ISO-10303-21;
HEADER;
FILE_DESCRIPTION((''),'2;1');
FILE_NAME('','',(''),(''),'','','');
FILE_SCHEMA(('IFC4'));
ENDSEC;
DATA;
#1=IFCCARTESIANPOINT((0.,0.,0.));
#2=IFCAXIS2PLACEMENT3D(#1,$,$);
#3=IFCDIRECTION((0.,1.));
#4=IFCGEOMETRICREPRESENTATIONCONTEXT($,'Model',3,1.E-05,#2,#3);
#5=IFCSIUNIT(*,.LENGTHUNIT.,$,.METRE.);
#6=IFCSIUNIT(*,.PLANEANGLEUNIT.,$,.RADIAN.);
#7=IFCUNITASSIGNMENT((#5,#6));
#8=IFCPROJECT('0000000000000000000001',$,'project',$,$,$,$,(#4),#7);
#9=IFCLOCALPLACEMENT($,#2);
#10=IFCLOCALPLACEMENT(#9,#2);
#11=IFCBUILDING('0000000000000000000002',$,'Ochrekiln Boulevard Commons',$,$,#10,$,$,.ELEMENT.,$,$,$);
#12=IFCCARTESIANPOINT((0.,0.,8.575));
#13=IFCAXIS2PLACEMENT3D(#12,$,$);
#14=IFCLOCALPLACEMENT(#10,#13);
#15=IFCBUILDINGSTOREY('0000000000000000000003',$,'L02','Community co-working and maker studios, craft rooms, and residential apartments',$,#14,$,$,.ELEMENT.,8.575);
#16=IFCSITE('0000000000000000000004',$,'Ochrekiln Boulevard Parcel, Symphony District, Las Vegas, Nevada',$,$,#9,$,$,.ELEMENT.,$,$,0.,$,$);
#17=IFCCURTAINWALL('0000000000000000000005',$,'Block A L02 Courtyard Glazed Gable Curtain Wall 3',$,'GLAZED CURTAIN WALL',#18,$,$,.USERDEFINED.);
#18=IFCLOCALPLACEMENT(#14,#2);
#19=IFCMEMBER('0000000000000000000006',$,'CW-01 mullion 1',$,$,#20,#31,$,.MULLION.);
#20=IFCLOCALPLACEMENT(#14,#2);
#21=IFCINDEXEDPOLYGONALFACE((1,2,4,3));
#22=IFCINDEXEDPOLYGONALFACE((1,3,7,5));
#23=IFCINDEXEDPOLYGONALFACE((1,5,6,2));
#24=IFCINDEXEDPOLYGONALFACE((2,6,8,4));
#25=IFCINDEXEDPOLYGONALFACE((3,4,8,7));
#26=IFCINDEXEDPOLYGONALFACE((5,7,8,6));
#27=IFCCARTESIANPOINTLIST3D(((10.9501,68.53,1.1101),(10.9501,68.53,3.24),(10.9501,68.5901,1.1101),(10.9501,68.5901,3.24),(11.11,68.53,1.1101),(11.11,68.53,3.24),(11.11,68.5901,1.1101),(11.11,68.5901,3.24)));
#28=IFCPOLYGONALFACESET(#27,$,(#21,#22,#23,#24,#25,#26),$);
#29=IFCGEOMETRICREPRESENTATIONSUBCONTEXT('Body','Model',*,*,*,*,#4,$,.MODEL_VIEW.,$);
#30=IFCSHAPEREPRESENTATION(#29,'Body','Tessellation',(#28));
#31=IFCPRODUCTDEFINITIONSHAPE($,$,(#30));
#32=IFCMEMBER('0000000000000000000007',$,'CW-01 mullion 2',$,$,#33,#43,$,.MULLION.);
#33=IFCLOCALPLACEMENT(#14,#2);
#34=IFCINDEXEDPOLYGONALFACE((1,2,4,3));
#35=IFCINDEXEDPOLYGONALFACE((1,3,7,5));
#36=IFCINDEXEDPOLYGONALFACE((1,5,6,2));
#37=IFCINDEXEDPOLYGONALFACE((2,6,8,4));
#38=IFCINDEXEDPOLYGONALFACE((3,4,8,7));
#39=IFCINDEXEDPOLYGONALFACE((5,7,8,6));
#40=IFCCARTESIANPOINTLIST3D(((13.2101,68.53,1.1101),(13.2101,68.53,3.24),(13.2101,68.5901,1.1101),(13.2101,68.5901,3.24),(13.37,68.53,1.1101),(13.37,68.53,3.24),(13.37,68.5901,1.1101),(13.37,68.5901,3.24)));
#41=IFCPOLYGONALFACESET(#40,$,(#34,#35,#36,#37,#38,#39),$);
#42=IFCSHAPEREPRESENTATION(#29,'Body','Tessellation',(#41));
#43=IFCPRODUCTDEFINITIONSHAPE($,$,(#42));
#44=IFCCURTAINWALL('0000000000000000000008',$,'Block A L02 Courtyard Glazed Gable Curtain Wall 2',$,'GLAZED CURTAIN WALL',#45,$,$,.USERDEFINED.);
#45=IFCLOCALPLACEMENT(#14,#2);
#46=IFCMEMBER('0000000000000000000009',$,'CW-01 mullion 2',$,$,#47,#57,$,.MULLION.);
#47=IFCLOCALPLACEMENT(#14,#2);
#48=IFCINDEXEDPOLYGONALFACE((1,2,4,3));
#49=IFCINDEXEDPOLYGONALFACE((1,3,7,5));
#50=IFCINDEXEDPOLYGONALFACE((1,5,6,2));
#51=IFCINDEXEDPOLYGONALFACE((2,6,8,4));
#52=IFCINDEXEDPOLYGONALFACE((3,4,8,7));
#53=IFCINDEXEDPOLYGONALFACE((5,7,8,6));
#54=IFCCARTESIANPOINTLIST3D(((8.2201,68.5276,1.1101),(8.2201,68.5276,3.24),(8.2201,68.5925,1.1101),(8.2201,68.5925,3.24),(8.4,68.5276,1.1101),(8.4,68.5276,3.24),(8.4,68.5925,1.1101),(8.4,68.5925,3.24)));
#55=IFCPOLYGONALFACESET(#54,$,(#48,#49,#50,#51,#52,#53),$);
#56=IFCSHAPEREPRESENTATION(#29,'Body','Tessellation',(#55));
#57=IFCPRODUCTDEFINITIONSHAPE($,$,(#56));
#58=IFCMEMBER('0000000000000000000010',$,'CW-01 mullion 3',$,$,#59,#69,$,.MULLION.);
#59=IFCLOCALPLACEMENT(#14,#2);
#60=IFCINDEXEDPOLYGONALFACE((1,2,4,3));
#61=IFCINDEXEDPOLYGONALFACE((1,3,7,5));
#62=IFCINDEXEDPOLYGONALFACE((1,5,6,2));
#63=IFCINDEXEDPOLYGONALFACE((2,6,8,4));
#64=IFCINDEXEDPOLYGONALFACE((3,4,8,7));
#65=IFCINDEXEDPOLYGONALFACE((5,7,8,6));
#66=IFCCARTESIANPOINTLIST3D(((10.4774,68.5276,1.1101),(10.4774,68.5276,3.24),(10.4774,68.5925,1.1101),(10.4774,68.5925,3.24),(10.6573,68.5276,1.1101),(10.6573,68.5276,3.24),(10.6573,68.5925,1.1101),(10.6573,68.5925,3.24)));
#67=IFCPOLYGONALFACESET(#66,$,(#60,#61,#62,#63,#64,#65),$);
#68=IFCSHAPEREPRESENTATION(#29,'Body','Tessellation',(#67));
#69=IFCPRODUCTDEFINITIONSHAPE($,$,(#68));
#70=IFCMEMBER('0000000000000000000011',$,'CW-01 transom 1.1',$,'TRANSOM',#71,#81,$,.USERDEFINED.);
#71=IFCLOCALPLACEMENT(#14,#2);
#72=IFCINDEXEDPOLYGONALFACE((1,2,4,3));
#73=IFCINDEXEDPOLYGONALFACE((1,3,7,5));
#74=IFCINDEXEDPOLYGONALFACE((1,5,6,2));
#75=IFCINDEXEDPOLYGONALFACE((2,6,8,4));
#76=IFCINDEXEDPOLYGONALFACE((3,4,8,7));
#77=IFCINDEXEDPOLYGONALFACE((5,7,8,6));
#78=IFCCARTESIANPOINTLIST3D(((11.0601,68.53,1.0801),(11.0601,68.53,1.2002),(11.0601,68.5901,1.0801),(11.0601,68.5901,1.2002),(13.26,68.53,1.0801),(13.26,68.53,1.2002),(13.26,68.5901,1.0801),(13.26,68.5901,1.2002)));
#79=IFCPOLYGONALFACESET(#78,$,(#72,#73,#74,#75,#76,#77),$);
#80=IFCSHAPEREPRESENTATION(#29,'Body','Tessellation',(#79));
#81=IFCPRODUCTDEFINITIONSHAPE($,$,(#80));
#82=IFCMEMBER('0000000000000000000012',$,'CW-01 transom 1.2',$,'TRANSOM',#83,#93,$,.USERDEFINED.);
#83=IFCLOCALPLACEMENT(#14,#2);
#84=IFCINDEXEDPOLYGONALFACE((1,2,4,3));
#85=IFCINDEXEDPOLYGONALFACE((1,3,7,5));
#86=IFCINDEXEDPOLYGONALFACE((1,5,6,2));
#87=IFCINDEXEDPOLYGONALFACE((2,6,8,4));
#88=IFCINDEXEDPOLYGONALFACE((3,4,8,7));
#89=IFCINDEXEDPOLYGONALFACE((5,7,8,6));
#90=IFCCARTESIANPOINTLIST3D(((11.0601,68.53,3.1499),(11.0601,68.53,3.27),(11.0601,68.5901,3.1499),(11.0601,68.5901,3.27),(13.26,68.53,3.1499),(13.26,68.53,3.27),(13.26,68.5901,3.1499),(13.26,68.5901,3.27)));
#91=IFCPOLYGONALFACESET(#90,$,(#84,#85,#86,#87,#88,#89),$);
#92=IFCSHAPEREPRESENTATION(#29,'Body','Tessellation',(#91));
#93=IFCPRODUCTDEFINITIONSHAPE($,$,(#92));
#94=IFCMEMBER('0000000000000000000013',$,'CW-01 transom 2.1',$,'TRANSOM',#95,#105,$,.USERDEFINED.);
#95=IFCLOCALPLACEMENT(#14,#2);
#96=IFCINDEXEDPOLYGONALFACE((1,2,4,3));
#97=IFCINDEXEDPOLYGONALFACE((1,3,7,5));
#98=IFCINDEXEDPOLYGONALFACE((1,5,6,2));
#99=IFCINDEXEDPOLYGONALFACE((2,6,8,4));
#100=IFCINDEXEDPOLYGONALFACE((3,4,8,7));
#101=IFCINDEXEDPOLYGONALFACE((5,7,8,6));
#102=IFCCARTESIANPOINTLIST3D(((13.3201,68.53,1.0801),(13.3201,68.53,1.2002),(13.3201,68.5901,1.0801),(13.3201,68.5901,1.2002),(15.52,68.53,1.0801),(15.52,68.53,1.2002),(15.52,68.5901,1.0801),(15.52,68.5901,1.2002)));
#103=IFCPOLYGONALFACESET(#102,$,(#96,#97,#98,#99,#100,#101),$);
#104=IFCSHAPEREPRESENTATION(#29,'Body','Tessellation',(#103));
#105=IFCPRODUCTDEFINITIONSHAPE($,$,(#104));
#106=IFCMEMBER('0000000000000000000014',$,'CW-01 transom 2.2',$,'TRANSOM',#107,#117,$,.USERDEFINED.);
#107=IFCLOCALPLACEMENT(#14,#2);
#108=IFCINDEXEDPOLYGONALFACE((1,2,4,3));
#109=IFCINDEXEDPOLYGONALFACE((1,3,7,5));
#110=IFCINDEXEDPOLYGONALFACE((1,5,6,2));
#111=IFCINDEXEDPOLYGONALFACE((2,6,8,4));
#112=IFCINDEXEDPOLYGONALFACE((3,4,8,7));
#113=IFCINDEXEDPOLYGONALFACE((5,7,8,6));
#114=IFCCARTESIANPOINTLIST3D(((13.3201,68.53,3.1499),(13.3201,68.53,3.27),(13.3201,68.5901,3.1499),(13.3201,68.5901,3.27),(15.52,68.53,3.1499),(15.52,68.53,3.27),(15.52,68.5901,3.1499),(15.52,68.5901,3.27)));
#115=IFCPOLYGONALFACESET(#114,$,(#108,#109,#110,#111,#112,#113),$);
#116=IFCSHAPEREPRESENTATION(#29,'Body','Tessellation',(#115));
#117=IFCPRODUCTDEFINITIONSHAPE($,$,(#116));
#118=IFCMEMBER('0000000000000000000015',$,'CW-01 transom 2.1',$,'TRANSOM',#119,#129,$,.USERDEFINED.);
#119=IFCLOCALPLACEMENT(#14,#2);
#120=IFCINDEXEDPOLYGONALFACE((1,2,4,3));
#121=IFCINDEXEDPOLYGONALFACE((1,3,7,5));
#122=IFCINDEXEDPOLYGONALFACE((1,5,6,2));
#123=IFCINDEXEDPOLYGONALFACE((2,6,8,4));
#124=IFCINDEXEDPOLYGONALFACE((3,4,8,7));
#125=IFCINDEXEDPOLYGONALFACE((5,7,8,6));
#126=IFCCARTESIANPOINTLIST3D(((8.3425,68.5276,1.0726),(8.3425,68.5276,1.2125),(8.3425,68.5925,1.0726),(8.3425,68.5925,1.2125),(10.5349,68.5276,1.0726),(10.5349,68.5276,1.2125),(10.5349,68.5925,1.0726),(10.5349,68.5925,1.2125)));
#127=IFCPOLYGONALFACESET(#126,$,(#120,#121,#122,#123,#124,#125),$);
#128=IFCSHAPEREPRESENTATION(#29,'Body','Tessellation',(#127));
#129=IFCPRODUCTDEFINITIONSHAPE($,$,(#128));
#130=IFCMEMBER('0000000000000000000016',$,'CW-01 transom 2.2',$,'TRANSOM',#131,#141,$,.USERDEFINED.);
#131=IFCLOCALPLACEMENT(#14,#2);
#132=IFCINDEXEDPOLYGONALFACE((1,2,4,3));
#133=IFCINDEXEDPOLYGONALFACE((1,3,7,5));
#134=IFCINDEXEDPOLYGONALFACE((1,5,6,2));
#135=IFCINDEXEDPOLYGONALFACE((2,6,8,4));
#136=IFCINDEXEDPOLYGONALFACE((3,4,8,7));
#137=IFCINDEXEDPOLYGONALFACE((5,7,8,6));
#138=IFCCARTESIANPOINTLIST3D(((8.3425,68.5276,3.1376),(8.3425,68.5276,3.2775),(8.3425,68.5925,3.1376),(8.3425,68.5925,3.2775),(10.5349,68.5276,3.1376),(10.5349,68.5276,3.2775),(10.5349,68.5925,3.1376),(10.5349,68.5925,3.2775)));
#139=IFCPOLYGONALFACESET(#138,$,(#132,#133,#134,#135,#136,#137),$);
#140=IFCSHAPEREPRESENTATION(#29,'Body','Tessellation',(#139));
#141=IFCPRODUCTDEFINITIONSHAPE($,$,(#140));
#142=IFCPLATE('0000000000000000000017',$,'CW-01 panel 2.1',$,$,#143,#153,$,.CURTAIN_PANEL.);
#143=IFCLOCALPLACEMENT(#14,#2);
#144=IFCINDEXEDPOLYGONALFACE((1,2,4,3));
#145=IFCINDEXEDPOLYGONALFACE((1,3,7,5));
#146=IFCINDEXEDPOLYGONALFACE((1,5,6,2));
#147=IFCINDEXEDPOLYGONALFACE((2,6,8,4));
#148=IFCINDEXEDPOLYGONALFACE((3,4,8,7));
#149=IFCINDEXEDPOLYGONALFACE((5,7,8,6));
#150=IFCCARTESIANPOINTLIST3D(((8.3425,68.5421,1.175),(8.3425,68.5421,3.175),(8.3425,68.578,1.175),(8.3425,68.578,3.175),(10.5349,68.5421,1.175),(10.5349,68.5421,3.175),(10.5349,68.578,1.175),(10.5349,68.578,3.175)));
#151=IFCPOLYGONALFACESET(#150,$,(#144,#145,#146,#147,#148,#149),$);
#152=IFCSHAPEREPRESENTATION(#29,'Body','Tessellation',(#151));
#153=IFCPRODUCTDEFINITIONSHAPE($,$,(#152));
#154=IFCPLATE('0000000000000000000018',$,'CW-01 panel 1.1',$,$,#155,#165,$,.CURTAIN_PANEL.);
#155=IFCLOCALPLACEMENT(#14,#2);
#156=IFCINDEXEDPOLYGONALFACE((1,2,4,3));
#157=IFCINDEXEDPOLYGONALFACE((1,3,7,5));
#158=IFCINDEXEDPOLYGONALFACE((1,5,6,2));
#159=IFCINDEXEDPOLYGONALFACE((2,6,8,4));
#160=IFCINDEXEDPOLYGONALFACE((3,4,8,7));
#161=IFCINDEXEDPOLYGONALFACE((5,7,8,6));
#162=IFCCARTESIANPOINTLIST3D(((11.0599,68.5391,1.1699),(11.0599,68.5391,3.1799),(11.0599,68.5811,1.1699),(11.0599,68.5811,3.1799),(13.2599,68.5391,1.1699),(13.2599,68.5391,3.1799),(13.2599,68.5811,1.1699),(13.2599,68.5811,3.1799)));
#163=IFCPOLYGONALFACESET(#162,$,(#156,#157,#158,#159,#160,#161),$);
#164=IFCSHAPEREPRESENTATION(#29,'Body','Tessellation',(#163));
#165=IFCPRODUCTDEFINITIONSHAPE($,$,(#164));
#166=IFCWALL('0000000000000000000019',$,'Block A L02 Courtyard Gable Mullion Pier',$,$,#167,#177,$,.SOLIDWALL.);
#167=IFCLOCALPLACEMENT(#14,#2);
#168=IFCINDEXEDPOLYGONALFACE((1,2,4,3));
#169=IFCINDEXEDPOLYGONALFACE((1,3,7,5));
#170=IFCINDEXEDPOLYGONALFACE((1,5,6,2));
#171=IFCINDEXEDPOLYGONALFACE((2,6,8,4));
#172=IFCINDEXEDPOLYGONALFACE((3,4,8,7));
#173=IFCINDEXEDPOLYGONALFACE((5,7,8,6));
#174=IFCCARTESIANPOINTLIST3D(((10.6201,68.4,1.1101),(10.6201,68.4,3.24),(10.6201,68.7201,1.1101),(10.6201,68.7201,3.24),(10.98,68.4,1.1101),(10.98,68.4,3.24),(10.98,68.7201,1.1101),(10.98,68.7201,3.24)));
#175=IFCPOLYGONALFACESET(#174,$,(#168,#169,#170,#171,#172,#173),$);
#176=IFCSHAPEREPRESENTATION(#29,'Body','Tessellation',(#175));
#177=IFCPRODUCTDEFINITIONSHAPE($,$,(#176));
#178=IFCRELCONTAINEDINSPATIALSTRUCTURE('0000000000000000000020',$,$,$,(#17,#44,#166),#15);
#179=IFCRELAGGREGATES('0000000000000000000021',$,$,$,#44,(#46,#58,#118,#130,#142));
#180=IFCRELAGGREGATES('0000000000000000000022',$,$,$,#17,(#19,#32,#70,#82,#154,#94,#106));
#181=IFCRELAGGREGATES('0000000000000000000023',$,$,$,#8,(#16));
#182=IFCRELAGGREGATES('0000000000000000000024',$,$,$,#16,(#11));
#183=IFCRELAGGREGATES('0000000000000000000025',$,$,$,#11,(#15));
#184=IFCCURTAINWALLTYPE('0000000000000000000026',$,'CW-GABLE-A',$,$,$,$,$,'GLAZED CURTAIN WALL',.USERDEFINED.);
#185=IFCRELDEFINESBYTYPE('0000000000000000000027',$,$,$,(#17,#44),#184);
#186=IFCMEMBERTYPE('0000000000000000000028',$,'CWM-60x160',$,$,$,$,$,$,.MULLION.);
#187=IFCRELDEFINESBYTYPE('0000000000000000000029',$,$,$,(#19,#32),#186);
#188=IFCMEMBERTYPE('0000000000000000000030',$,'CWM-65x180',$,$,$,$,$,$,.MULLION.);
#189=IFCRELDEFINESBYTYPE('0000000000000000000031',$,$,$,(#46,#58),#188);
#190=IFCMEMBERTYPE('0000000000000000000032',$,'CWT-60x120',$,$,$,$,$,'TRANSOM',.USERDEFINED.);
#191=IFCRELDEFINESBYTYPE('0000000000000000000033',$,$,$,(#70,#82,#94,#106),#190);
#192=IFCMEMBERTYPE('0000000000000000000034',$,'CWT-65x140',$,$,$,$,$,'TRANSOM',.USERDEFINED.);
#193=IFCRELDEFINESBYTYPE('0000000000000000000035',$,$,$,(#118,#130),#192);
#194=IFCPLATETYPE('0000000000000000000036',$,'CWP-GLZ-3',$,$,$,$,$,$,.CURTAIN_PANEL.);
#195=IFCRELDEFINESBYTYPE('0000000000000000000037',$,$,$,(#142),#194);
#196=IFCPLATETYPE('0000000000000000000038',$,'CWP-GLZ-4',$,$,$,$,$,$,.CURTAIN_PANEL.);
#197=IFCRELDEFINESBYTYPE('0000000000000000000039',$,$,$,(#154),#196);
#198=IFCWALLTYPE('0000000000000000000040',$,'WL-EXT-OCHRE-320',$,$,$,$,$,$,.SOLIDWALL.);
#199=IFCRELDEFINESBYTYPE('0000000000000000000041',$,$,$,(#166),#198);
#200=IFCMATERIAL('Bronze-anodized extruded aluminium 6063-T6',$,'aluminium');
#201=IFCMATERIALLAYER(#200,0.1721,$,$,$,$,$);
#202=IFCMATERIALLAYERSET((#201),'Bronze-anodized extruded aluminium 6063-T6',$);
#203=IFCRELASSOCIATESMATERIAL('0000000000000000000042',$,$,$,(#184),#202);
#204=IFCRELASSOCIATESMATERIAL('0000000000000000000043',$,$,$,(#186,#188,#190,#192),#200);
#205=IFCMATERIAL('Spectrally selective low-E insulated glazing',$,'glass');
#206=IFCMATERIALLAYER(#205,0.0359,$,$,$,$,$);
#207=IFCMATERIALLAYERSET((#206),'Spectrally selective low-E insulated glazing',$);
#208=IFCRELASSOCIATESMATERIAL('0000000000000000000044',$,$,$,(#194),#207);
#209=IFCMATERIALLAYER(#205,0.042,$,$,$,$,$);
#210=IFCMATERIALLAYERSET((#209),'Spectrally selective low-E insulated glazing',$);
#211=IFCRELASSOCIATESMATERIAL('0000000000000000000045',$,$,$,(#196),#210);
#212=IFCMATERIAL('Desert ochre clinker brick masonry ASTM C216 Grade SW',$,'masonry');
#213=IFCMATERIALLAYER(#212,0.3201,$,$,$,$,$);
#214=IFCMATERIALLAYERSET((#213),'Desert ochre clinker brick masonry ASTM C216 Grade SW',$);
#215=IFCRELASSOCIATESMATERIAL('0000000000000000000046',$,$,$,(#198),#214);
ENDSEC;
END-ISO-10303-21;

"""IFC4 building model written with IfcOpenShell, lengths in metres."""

from ifc_helpers import new_model, si_unit, direction, frame, frame_2d, origin, origin_2d, place, context, subcontext, project, spatial, rectangle, extrude, material, layer, layer_set, material_profile, profile_set, type_object, element, aggregate, save


model = new_model("IFC4")

# Units and contexts
model_context = context("Model", 3, precision=1e-05, world=origin(), true_north=direction((0.0, 1.0)))
body_context = subcontext(model_context, "Body", "Model", "MODEL_VIEW")
ifc_project = project(units=[si_unit("LENGTHUNIT", "METRE"), si_unit("PLANEANGLEUNIT", "RADIAN")], contexts=[model_context])

# Site, building, storey
site_placement = place(None, origin())
site = spatial("IfcSite", under=ifc_project, at=site_placement, Name="Ochrekiln Boulevard Parcel, Symphony District, Las Vegas, Nevada", CompositionType="ELEMENT", RefElevation=0.0)
building_placement = place(site_placement, origin())
building = spatial("IfcBuilding", under=site, at=building_placement, Name="Ochrekiln Boulevard Commons", CompositionType="ELEMENT")
storey_placement = place(building_placement, frame((0.0, 0.0, 8.575)))
storey = spatial("IfcBuildingStorey", under=building, at=storey_placement, Name="L02", Description="Community co-working and maker studios, craft rooms, and residential apartments", CompositionType="ELEMENT", Elevation=8.575)

# Curtain walls, members
ifc_material_1 = material(Name="Bronze-anodized extruded aluminium 6063-T6", Category="aluminium")
ifc_layer_1 = layer(ifc_material_1, 0.1721)
ifc_layer_set_1 = layer_set([ifc_layer_1], Name="Bronze-anodized extruded aluminium 6063-T6")
curtain_wall_type = type_object("IfcCurtainWallType", Name="CW-GABLE-A", ElementType="GLAZED CURTAIN WALL", PredefinedType="USERDEFINED", material=ifc_layer_set_1)
curtain_wall_1_placement = place(storey_placement, origin())
curtain_wall_1 = element("IfcCurtainWall", 1, at=curtain_wall_1_placement, inside=storey, type_object=curtain_wall_type, Name="Block A L02 Courtyard Glazed Gable Curtain Wall 3", ObjectType="GLAZED CURTAIN WALL", PredefinedType="USERDEFINED")
ifc_material_profile_1 = material_profile(ifc_material_1, rectangle(XDim=0.0601, YDim=0.1599, at=origin_2d()), Name="ALU-MUL-60x160")
ifc_profile_set_1 = profile_set([ifc_material_profile_1], Name="Bronze-anodized extruded aluminium 6063-T6")
member_type_1 = type_object("IfcMemberType", Name="CWM-60x160", PredefinedType="MULLION", material=ifc_profile_set_1)
member_1_placement = place(storey_placement, frame((11.03, 68.5601, 1.1101), z_axis=(0.0, 0.0, 1.0), x_axis=(0.0, 1.0, 0.0)))
member_1 = element("IfcMember", 2, at=member_1_placement, type_object=member_type_1, Name="CW-01 mullion 1", PredefinedType="MULLION", context=body_context, shape_type="SweptSolid", body=[
    extrude(rectangle(XDim=0.0601, YDim=0.1599, at=origin_2d()), origin(), (0.0, 0.0, 1.0), 2.1299),
])
member_2_placement = place(storey_placement, frame((13.29, 68.5601, 1.1101), z_axis=(0.0, 0.0, 1.0), x_axis=(0.0, 1.0, 0.0)))
member_2 = element("IfcMember", 3, at=member_2_placement, type_object=member_type_1, Name="CW-01 mullion 2", PredefinedType="MULLION", context=body_context, shape_type="SweptSolid", body=[
    extrude(rectangle(XDim=0.0601, YDim=0.1599, at=origin_2d()), origin(), (0.0, 0.0, 1.0), 2.1299),
])
curtain_wall_2_placement = place(storey_placement, origin())
curtain_wall_2 = element("IfcCurtainWall", 4, at=curtain_wall_2_placement, inside=storey, type_object=curtain_wall_type, Name="Block A L02 Courtyard Glazed Gable Curtain Wall 2", ObjectType="GLAZED CURTAIN WALL", PredefinedType="USERDEFINED")
ifc_material_profile_2 = material_profile(ifc_material_1, rectangle(XDim=0.0649, YDim=0.1799, at=origin_2d()), Name="ALU-MUL-65x180")
ifc_profile_set_2 = profile_set([ifc_material_profile_2], Name="Bronze-anodized extruded aluminium 6063-T6")
member_type_2 = type_object("IfcMemberType", Name="CWM-65x180", PredefinedType="MULLION", material=ifc_profile_set_2)
member_3_placement = place(storey_placement, frame((8.3101, 68.5601, 1.1101), z_axis=(0.0, 0.0, 1.0), x_axis=(0.0, 1.0, 0.0)))
member_3 = element("IfcMember", 5, at=member_3_placement, type_object=member_type_2, Name="CW-01 mullion 2", PredefinedType="MULLION", context=body_context, shape_type="SweptSolid", body=[
    extrude(rectangle(XDim=0.0649, YDim=0.1799, at=origin_2d()), origin(), (0.0, 0.0, 1.0), 2.1299),
])
member_4_placement = place(storey_placement, frame((10.5674, 68.5601, 1.1101), z_axis=(0.0, 0.0, 1.0), x_axis=(0.0, 1.0, 0.0)))
member_4 = element("IfcMember", 6, at=member_4_placement, type_object=member_type_2, Name="CW-01 mullion 3", PredefinedType="MULLION", context=body_context, shape_type="SweptSolid", body=[
    extrude(rectangle(XDim=0.0649, YDim=0.1799, at=origin_2d()), origin(), (0.0, 0.0, 1.0), 2.1299),
])

# Members
ifc_material_profile_3 = material_profile(ifc_material_1, rectangle(XDim=0.0601, YDim=0.1201, at=origin_2d()), Name="ALU-TRN-60x120")
ifc_profile_set_3 = profile_set([ifc_material_profile_3], Name="Bronze-anodized extruded aluminium 6063-T6")
member_type_3 = type_object("IfcMemberType", Name="CWT-60x120", ElementType="TRANSOM", PredefinedType="USERDEFINED", material=ifc_profile_set_3)
member_5_placement = place(storey_placement, frame((11.0601, 68.5601, 1.1401), z_axis=(1.0, 0.0, 0.0), x_axis=(0.0, 1.0, 0.0)))
member_5 = element("IfcMember", 7, at=member_5_placement, type_object=member_type_3, Name="CW-01 transom 1.1", ObjectType="TRANSOM", PredefinedType="USERDEFINED", context=body_context, shape_type="SweptSolid", body=[
    extrude(rectangle(XDim=0.0601, YDim=0.1201, at=origin_2d()), origin(), (0.0, 0.0, 1.0), 2.2),
])
member_6_placement = place(storey_placement, frame((11.0601, 68.5601, 3.21), z_axis=(1.0, 0.0, 0.0), x_axis=(0.0, 1.0, 0.0)))
member_6 = element("IfcMember", 8, at=member_6_placement, type_object=member_type_3, Name="CW-01 transom 1.2", ObjectType="TRANSOM", PredefinedType="USERDEFINED", context=body_context, shape_type="SweptSolid", body=[
    extrude(rectangle(XDim=0.0601, YDim=0.1201, at=origin_2d()), origin(), (0.0, 0.0, 1.0), 2.2),
])
member_7_placement = place(storey_placement, frame((13.3201, 68.5601, 1.1401), z_axis=(1.0, 0.0, 0.0), x_axis=(0.0, 1.0, 0.0)))
member_7 = element("IfcMember", 9, at=member_7_placement, type_object=member_type_3, Name="CW-01 transom 2.1", ObjectType="TRANSOM", PredefinedType="USERDEFINED", context=body_context, shape_type="SweptSolid", body=[
    extrude(rectangle(XDim=0.0601, YDim=0.1201, at=origin_2d()), origin(), (0.0, 0.0, 1.0), 2.2),
])
member_8_placement = place(storey_placement, frame((13.3201, 68.5601, 3.21), z_axis=(1.0, 0.0, 0.0), x_axis=(0.0, 1.0, 0.0)))
member_8 = element("IfcMember", 10, at=member_8_placement, type_object=member_type_3, Name="CW-01 transom 2.2", ObjectType="TRANSOM", PredefinedType="USERDEFINED", context=body_context, shape_type="SweptSolid", body=[
    extrude(rectangle(XDim=0.0601, YDim=0.1201, at=origin_2d()), origin(), (0.0, 0.0, 1.0), 2.2),
])
ifc_material_profile_4 = material_profile(ifc_material_1, rectangle(XDim=0.0649, YDim=0.1399, at=origin_2d()), Name="ALU-TRN-65x140")
ifc_profile_set_4 = profile_set([ifc_material_profile_4], Name="Bronze-anodized extruded aluminium 6063-T6")
member_type_4 = type_object("IfcMemberType", Name="CWT-65x140", ElementType="TRANSOM", PredefinedType="USERDEFINED", material=ifc_profile_set_4)
member_9_placement = place(storey_placement, frame((8.3425, 68.5601, 1.1426), z_axis=(1.0, 0.0, 0.0), x_axis=(0.0, 1.0, 0.0)))
member_9 = element("IfcMember", 11, at=member_9_placement, type_object=member_type_4, Name="CW-01 transom 2.1", ObjectType="TRANSOM", PredefinedType="USERDEFINED", context=body_context, shape_type="SweptSolid", body=[
    extrude(rectangle(XDim=0.0649, YDim=0.1399, at=origin_2d()), origin(), (0.0, 0.0, 1.0), 2.1924),
])
member_10_placement = place(storey_placement, frame((8.3425, 68.5601, 3.2075), z_axis=(1.0, 0.0, 0.0), x_axis=(0.0, 1.0, 0.0)))
member_10 = element("IfcMember", 12, at=member_10_placement, type_object=member_type_4, Name="CW-01 transom 2.2", ObjectType="TRANSOM", PredefinedType="USERDEFINED", context=body_context, shape_type="SweptSolid", body=[
    extrude(rectangle(XDim=0.0649, YDim=0.1399, at=origin_2d()), origin(), (0.0, 0.0, 1.0), 2.1924),
])

# Plates
ifc_material_2 = material(Name="Spectrally selective low-E insulated glazing", Category="glass")
ifc_layer_2 = layer(ifc_material_2, 0.0359)
ifc_layer_set_2 = layer_set([ifc_layer_2], Name="Spectrally selective low-E insulated glazing")
plate_type_1 = type_object("IfcPlateType", Name="CWP-GLZ-3", PredefinedType="CURTAIN_PANEL", material=ifc_layer_set_2)
plate_1_placement = place(storey_placement, frame((9.4387, 68.5601, 1.175), z_axis=(0.0, 0.0, 1.0), x_axis=(1.0, 0.0, 0.0)))
plate_1 = element("IfcPlate", 13, at=plate_1_placement, type_object=plate_type_1, Name="CW-01 panel 2.1", PredefinedType="CURTAIN_PANEL", context=body_context, shape_type="SweptSolid", body=[
    extrude(rectangle(XDim=2.1924, YDim=0.0359, at=origin_2d()), origin(), (0.0, 0.0, 1.0), 2.0),
])
aggregate(curtain_wall_2, [member_3, member_4, member_9, member_10, plate_1])
ifc_layer_3 = layer(ifc_material_2, 0.042)
ifc_layer_set_3 = layer_set([ifc_layer_3], Name="Spectrally selective low-E insulated glazing")
plate_type_2 = type_object("IfcPlateType", Name="CWP-GLZ-4", PredefinedType="CURTAIN_PANEL", material=ifc_layer_set_3)
plate_2_placement = place(storey_placement, frame((12.1599, 68.5601, 1.1699), z_axis=(0.0, 0.0, 1.0), x_axis=(1.0, 0.0, 0.0)))
plate_2 = element("IfcPlate", 14, at=plate_2_placement, type_object=plate_type_2, Name="CW-01 panel 1.1", PredefinedType="CURTAIN_PANEL", context=body_context, shape_type="SweptSolid", body=[
    extrude(rectangle(XDim=2.2, YDim=0.042, at=origin_2d()), origin(), (0.0, 0.0, 1.0), 2.01),
])
aggregate(curtain_wall_1, [member_1, member_2, member_5, member_6, plate_2, member_7, member_8])

# Wall
ifc_material_3 = material(Name="Desert ochre clinker brick masonry ASTM C216 Grade SW", Category="masonry")
ifc_layer_4 = layer(ifc_material_3, 0.3201)
ifc_layer_set_4 = layer_set([ifc_layer_4], Name="Desert ochre clinker brick masonry ASTM C216 Grade SW")
wall_type_1 = type_object("IfcWallType", Name="WL-EXT-OCHRE-320", PredefinedType="SOLIDWALL", material=ifc_layer_set_4)
wall_1_placement = place(storey_placement, frame((10.6201, 68.5601, 1.1101), z_axis=(0.0, 0.0, 1.0), x_axis=(1.0, 0.0, 0.0)))
element("IfcWall", 15, at=wall_1_placement, inside=storey, type_object=wall_type_1, Name="Block A L02 Courtyard Gable Mullion Pier", PredefinedType="SOLIDWALL", context=body_context, shape_type="SweptSolid", body=[
    extrude(rectangle(XDim=0.3599, YDim=0.3201, at=frame_2d((0.1799, 0.0))), origin(), (0.0, 0.0, 1.0), 2.1299),
])

save(model, "model.ifc")
